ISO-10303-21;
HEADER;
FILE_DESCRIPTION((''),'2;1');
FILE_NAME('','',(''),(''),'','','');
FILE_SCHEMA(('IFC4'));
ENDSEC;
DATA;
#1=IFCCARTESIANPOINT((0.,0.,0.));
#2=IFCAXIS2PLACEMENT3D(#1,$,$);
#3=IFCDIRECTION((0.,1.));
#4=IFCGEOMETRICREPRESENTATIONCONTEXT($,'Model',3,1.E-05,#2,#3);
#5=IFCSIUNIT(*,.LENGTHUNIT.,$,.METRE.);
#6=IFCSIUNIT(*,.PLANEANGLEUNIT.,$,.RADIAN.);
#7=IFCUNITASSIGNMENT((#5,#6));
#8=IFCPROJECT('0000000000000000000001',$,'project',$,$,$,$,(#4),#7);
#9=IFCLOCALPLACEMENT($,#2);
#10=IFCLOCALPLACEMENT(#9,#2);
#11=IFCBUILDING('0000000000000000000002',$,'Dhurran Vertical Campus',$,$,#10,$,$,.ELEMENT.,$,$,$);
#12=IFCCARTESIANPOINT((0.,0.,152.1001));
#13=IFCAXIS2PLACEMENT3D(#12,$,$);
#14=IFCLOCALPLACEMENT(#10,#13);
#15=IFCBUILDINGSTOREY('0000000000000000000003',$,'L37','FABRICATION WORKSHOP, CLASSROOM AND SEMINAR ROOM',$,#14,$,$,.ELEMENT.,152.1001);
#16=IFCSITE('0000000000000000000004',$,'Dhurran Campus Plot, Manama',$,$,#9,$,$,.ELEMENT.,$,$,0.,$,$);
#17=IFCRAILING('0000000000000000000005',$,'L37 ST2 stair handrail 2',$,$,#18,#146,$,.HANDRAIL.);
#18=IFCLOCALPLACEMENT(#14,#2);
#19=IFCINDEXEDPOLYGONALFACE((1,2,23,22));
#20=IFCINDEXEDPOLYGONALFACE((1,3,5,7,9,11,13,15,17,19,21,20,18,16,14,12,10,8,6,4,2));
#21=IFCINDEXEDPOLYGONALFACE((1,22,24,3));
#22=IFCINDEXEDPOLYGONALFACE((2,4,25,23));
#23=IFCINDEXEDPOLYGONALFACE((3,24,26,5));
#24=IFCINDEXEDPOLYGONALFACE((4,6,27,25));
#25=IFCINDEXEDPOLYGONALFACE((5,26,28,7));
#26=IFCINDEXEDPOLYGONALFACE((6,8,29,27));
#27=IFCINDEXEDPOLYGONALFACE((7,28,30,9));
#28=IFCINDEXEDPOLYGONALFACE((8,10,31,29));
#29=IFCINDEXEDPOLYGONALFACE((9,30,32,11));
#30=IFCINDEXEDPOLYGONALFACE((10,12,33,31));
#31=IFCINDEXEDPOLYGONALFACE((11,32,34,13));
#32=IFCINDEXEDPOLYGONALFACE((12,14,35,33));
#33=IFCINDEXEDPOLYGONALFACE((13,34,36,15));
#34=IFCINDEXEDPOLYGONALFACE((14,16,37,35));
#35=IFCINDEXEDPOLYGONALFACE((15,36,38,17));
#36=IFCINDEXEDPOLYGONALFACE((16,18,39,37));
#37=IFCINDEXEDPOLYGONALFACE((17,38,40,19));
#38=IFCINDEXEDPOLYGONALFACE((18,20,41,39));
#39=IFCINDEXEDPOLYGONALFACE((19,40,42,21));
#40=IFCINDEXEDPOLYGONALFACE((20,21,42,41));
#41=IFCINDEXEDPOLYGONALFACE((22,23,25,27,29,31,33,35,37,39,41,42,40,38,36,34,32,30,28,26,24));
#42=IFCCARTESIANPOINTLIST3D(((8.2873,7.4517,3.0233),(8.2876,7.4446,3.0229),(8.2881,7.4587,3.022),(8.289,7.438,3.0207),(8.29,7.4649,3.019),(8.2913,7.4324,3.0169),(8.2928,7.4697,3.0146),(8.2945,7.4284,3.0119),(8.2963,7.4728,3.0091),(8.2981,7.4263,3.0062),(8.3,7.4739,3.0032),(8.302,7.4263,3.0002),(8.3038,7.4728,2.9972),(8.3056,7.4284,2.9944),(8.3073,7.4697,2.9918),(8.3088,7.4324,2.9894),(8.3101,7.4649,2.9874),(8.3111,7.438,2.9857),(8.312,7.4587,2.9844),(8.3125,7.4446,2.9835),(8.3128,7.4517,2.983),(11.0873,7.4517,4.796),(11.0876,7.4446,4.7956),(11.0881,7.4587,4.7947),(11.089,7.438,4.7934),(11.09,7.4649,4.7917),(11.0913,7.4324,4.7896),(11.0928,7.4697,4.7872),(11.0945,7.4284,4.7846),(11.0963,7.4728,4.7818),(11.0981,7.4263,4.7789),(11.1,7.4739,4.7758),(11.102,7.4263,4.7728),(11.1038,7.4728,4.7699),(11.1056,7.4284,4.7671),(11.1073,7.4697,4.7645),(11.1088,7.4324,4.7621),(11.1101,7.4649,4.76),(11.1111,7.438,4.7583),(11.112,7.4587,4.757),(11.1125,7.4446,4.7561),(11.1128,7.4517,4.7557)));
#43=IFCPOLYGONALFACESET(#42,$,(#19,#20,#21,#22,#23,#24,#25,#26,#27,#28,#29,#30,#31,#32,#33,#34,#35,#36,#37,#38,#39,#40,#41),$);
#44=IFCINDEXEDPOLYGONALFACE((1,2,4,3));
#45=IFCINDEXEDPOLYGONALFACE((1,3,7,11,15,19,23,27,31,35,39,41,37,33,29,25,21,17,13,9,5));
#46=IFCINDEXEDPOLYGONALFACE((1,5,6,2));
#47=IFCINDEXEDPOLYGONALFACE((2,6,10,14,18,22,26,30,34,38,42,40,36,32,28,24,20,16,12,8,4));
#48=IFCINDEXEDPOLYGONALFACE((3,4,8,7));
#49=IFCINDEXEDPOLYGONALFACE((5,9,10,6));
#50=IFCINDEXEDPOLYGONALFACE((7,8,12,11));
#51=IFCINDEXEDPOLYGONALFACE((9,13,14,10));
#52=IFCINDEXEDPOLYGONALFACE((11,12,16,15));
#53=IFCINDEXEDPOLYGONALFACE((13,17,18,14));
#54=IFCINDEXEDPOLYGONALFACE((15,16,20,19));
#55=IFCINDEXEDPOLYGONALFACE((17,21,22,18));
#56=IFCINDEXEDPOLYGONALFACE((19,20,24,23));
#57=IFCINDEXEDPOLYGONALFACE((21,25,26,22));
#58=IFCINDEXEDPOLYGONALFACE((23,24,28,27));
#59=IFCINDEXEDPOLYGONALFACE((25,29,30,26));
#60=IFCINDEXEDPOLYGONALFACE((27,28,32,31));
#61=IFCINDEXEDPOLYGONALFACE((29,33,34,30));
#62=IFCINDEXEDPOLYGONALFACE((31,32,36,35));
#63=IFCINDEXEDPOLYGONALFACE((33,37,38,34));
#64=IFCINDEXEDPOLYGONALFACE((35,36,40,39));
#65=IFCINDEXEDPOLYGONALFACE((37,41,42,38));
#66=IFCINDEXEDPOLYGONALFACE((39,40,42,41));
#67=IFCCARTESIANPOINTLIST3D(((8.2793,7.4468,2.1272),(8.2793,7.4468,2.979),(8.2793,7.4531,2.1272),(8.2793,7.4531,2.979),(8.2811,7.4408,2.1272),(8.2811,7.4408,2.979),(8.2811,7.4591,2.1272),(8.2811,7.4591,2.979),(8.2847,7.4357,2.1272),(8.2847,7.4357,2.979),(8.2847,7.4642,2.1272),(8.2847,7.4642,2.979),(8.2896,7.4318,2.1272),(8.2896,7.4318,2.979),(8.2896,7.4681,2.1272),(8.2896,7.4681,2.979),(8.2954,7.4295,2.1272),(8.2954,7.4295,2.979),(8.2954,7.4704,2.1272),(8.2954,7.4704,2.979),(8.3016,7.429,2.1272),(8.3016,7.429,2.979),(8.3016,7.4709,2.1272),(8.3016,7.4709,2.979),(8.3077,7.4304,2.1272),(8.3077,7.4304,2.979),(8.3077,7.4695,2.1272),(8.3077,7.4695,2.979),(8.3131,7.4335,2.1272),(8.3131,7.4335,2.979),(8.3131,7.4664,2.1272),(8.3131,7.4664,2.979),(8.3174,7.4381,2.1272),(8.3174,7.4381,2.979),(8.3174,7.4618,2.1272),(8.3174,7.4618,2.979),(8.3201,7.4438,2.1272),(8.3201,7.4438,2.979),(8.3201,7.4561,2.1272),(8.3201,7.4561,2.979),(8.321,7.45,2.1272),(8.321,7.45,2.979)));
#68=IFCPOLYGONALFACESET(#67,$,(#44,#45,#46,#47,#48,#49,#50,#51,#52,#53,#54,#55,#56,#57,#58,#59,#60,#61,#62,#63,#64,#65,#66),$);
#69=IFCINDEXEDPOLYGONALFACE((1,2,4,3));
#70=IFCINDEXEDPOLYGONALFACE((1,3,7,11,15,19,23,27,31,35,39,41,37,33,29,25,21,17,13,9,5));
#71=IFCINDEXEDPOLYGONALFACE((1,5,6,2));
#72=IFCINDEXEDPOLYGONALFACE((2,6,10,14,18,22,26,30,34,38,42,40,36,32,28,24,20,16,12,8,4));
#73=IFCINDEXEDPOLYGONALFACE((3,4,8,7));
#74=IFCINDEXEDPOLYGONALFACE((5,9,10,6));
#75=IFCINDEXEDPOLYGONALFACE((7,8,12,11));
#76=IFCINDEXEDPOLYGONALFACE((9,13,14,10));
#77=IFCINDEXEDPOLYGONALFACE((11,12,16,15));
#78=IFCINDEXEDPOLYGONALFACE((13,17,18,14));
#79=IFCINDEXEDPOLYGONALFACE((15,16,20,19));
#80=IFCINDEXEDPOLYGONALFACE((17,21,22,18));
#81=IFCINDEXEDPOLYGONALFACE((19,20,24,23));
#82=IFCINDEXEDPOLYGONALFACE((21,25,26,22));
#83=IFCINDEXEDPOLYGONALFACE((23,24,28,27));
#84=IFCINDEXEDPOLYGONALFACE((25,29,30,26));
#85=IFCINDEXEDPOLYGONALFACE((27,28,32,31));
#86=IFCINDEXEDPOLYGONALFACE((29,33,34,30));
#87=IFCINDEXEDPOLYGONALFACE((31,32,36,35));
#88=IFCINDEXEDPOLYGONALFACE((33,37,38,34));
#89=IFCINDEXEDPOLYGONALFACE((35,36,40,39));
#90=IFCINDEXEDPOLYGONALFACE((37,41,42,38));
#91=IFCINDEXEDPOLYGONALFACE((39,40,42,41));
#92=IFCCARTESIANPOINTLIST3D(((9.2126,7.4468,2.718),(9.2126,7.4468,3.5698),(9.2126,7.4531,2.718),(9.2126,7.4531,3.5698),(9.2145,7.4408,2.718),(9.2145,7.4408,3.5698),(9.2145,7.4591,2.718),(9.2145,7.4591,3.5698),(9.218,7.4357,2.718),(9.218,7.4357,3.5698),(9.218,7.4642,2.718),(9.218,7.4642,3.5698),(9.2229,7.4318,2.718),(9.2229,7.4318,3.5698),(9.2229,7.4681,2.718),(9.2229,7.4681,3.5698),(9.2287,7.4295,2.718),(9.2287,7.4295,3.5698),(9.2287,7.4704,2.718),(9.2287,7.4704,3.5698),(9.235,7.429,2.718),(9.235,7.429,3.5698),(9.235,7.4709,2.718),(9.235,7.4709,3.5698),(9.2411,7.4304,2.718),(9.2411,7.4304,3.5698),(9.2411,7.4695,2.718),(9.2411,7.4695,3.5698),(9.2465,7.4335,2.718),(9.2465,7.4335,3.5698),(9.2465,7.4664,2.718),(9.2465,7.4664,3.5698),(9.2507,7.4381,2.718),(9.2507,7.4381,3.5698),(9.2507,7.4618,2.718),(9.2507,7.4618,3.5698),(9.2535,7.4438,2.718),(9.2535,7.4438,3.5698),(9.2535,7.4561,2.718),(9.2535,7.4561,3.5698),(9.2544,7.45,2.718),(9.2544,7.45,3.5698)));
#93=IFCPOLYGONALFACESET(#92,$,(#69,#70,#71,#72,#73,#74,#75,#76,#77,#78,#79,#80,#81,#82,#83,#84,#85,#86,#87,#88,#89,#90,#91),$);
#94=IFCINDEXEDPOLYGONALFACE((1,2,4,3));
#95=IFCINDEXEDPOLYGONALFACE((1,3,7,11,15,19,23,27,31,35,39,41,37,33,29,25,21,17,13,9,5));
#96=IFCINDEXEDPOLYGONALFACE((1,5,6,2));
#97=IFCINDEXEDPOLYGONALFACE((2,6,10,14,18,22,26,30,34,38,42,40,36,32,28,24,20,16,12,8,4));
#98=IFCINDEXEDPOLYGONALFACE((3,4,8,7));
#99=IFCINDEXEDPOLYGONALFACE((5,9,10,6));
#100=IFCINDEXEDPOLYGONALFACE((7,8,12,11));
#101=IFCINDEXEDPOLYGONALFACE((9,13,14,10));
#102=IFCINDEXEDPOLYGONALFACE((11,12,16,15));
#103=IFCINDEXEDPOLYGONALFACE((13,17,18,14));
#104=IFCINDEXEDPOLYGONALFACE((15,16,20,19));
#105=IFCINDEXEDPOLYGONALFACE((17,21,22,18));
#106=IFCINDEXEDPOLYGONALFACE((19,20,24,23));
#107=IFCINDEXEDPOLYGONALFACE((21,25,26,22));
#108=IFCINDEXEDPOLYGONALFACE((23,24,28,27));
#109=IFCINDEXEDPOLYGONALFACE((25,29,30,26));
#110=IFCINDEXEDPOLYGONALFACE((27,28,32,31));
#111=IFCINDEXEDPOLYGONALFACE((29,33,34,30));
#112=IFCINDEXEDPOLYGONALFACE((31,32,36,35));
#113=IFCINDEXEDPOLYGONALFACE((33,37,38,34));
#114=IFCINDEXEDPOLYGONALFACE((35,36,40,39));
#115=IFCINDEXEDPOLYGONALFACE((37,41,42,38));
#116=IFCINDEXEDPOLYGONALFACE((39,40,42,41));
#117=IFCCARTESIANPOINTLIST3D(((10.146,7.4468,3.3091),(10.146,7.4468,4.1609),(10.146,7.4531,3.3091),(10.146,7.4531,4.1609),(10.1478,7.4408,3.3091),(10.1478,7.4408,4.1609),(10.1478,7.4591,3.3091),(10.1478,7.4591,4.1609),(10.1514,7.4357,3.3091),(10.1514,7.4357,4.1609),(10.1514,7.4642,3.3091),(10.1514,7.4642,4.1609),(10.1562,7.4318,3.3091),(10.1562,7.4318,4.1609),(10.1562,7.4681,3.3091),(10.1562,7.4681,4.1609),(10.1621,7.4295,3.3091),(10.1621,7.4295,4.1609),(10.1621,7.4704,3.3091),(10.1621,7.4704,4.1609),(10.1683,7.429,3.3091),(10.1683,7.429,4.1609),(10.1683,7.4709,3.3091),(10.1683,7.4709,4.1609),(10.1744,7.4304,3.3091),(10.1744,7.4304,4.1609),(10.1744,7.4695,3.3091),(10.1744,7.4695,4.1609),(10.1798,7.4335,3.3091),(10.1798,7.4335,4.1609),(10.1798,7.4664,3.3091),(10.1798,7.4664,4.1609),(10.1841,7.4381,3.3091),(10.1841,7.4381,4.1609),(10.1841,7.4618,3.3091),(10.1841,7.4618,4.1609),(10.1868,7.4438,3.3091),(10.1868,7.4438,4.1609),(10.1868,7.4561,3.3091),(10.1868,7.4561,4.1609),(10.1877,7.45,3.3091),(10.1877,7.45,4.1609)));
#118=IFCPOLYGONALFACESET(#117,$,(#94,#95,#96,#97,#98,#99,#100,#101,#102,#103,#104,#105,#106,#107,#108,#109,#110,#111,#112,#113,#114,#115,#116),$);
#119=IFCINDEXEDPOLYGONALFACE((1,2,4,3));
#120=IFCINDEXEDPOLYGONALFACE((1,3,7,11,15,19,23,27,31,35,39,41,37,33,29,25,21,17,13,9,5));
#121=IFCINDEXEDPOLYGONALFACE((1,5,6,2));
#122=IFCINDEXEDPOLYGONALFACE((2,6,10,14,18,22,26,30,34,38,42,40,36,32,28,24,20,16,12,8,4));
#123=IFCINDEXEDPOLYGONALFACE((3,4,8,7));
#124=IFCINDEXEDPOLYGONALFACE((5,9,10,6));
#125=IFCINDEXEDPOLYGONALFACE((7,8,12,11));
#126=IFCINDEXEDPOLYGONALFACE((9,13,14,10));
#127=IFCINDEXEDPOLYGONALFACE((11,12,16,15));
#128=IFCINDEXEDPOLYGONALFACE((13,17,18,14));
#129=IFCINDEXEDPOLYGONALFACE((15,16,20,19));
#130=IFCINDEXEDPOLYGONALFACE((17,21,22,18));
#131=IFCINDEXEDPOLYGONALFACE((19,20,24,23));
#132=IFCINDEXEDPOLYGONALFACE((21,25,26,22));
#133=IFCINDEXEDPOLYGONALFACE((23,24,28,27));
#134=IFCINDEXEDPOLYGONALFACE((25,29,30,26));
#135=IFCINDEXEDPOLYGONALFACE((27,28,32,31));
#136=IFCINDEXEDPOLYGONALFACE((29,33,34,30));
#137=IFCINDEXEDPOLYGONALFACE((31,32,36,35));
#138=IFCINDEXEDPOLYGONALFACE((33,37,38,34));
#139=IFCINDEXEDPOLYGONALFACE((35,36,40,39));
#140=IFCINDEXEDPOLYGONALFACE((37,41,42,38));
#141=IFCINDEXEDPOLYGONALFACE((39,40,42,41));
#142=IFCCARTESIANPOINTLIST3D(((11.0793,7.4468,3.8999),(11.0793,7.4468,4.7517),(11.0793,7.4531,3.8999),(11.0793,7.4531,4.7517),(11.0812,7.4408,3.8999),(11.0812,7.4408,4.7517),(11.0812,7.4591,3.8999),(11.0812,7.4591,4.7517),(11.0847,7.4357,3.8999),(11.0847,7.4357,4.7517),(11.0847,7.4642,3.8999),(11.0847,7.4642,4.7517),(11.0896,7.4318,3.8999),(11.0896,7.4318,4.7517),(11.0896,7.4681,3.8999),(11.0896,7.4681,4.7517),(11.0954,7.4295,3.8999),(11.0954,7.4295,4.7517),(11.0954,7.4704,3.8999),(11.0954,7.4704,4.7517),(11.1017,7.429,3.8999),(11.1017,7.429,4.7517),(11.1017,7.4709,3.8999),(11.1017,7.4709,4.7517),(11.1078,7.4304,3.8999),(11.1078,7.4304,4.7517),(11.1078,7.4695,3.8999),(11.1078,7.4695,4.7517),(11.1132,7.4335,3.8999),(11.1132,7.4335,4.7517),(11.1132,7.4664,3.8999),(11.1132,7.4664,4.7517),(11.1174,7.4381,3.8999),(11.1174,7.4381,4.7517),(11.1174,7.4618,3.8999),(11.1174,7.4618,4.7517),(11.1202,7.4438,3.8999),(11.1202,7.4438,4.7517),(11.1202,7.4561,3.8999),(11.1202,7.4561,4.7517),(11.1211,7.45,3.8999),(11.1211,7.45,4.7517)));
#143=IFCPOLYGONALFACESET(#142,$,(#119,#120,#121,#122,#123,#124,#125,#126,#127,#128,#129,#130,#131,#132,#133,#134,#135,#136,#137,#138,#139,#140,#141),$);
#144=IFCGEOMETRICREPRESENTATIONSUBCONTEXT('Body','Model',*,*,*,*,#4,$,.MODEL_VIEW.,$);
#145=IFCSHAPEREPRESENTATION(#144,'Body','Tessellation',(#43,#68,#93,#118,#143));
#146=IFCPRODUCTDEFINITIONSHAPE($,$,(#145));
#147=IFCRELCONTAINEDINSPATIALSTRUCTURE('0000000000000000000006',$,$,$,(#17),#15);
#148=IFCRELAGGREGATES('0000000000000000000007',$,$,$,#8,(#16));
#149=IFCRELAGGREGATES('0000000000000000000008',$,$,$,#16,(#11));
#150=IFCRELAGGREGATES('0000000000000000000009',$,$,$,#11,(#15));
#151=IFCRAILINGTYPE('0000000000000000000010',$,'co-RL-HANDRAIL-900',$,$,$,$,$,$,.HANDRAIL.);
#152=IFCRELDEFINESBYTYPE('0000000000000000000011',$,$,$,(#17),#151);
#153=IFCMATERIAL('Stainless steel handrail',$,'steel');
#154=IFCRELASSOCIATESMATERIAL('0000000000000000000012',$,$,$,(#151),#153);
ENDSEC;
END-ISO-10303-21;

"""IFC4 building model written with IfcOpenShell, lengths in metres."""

from ifc_helpers import new_model, si_unit, direction, frame, origin, origin_2d, place, context, subcontext, project, spatial, circle, extrude, material, type_object, element, save


model = new_model("IFC4")

# Units and contexts
model_context = context("Model", 3, precision=1e-05, world=origin(), true_north=direction((0.0, 1.0)))
body_context = subcontext(model_context, "Body", "Model", "MODEL_VIEW")
ifc_project = project(units=[si_unit("LENGTHUNIT", "METRE"), si_unit("PLANEANGLEUNIT", "RADIAN")], contexts=[model_context])

# Site, building, storey
site_placement = place(None, origin())
site = spatial("IfcSite", under=ifc_project, at=site_placement, Name="Dhurran Campus Plot, Manama", CompositionType="ELEMENT", RefElevation=0.0)
building_placement = place(site_placement, origin())
building = spatial("IfcBuilding", under=site, at=building_placement, Name="Dhurran Vertical Campus", CompositionType="ELEMENT")
storey_placement = place(building_placement, frame((0.0, 0.0, 152.1001)))
storey = spatial("IfcBuildingStorey", under=building, at=storey_placement, Name="L37", Description="FABRICATION WORKSHOP, CLASSROOM AND SEMINAR ROOM", CompositionType="ELEMENT", Elevation=152.1001)

# Railing
ifc_material_1 = material(Name="Stainless steel handrail", Category="steel")
railing_type_1 = type_object("IfcRailingType", Name="co-RL-HANDRAIL-900", PredefinedType="HANDRAIL", material=ifc_material_1)
railing_1_placement = place(storey_placement, frame((8.3, 7.45, 2.1272)))
element("IfcRailing", 1, at=railing_1_placement, inside=storey, type_object=railing_type_1, Name="L37 ST2 stair handrail 2", PredefinedType="HANDRAIL", context=body_context, shape_type="SweptSolid", body=[
    extrude(circle(Radius=0.0239, at=origin_2d()), frame((0.0, 0.0, 0.876), z_axis=(0.844909, 0.0, 0.53491), x_axis=(0.0, 1.0, 0.0)), (0.0, 0.0, 1.0), 3.314),
    extrude(circle(Radius=0.021, at=origin_2d()), origin(), (0.0, 0.0, 1.0), 0.8518),
    extrude(circle(Radius=0.021, at=origin_2d()), frame((0.9333, 0.0, 0.5908)), (0.0, 0.0, 1.0), 0.8518),
    extrude(circle(Radius=0.021, at=origin_2d()), frame((1.8667, 0.0, 1.1819)), (0.0, 0.0, 1.0), 0.8518),
    extrude(circle(Radius=0.021, at=origin_2d()), frame((2.8, 0.0, 1.7727)), (0.0, 0.0, 1.0), 0.8518),
])

save(model, "model.ifc")
